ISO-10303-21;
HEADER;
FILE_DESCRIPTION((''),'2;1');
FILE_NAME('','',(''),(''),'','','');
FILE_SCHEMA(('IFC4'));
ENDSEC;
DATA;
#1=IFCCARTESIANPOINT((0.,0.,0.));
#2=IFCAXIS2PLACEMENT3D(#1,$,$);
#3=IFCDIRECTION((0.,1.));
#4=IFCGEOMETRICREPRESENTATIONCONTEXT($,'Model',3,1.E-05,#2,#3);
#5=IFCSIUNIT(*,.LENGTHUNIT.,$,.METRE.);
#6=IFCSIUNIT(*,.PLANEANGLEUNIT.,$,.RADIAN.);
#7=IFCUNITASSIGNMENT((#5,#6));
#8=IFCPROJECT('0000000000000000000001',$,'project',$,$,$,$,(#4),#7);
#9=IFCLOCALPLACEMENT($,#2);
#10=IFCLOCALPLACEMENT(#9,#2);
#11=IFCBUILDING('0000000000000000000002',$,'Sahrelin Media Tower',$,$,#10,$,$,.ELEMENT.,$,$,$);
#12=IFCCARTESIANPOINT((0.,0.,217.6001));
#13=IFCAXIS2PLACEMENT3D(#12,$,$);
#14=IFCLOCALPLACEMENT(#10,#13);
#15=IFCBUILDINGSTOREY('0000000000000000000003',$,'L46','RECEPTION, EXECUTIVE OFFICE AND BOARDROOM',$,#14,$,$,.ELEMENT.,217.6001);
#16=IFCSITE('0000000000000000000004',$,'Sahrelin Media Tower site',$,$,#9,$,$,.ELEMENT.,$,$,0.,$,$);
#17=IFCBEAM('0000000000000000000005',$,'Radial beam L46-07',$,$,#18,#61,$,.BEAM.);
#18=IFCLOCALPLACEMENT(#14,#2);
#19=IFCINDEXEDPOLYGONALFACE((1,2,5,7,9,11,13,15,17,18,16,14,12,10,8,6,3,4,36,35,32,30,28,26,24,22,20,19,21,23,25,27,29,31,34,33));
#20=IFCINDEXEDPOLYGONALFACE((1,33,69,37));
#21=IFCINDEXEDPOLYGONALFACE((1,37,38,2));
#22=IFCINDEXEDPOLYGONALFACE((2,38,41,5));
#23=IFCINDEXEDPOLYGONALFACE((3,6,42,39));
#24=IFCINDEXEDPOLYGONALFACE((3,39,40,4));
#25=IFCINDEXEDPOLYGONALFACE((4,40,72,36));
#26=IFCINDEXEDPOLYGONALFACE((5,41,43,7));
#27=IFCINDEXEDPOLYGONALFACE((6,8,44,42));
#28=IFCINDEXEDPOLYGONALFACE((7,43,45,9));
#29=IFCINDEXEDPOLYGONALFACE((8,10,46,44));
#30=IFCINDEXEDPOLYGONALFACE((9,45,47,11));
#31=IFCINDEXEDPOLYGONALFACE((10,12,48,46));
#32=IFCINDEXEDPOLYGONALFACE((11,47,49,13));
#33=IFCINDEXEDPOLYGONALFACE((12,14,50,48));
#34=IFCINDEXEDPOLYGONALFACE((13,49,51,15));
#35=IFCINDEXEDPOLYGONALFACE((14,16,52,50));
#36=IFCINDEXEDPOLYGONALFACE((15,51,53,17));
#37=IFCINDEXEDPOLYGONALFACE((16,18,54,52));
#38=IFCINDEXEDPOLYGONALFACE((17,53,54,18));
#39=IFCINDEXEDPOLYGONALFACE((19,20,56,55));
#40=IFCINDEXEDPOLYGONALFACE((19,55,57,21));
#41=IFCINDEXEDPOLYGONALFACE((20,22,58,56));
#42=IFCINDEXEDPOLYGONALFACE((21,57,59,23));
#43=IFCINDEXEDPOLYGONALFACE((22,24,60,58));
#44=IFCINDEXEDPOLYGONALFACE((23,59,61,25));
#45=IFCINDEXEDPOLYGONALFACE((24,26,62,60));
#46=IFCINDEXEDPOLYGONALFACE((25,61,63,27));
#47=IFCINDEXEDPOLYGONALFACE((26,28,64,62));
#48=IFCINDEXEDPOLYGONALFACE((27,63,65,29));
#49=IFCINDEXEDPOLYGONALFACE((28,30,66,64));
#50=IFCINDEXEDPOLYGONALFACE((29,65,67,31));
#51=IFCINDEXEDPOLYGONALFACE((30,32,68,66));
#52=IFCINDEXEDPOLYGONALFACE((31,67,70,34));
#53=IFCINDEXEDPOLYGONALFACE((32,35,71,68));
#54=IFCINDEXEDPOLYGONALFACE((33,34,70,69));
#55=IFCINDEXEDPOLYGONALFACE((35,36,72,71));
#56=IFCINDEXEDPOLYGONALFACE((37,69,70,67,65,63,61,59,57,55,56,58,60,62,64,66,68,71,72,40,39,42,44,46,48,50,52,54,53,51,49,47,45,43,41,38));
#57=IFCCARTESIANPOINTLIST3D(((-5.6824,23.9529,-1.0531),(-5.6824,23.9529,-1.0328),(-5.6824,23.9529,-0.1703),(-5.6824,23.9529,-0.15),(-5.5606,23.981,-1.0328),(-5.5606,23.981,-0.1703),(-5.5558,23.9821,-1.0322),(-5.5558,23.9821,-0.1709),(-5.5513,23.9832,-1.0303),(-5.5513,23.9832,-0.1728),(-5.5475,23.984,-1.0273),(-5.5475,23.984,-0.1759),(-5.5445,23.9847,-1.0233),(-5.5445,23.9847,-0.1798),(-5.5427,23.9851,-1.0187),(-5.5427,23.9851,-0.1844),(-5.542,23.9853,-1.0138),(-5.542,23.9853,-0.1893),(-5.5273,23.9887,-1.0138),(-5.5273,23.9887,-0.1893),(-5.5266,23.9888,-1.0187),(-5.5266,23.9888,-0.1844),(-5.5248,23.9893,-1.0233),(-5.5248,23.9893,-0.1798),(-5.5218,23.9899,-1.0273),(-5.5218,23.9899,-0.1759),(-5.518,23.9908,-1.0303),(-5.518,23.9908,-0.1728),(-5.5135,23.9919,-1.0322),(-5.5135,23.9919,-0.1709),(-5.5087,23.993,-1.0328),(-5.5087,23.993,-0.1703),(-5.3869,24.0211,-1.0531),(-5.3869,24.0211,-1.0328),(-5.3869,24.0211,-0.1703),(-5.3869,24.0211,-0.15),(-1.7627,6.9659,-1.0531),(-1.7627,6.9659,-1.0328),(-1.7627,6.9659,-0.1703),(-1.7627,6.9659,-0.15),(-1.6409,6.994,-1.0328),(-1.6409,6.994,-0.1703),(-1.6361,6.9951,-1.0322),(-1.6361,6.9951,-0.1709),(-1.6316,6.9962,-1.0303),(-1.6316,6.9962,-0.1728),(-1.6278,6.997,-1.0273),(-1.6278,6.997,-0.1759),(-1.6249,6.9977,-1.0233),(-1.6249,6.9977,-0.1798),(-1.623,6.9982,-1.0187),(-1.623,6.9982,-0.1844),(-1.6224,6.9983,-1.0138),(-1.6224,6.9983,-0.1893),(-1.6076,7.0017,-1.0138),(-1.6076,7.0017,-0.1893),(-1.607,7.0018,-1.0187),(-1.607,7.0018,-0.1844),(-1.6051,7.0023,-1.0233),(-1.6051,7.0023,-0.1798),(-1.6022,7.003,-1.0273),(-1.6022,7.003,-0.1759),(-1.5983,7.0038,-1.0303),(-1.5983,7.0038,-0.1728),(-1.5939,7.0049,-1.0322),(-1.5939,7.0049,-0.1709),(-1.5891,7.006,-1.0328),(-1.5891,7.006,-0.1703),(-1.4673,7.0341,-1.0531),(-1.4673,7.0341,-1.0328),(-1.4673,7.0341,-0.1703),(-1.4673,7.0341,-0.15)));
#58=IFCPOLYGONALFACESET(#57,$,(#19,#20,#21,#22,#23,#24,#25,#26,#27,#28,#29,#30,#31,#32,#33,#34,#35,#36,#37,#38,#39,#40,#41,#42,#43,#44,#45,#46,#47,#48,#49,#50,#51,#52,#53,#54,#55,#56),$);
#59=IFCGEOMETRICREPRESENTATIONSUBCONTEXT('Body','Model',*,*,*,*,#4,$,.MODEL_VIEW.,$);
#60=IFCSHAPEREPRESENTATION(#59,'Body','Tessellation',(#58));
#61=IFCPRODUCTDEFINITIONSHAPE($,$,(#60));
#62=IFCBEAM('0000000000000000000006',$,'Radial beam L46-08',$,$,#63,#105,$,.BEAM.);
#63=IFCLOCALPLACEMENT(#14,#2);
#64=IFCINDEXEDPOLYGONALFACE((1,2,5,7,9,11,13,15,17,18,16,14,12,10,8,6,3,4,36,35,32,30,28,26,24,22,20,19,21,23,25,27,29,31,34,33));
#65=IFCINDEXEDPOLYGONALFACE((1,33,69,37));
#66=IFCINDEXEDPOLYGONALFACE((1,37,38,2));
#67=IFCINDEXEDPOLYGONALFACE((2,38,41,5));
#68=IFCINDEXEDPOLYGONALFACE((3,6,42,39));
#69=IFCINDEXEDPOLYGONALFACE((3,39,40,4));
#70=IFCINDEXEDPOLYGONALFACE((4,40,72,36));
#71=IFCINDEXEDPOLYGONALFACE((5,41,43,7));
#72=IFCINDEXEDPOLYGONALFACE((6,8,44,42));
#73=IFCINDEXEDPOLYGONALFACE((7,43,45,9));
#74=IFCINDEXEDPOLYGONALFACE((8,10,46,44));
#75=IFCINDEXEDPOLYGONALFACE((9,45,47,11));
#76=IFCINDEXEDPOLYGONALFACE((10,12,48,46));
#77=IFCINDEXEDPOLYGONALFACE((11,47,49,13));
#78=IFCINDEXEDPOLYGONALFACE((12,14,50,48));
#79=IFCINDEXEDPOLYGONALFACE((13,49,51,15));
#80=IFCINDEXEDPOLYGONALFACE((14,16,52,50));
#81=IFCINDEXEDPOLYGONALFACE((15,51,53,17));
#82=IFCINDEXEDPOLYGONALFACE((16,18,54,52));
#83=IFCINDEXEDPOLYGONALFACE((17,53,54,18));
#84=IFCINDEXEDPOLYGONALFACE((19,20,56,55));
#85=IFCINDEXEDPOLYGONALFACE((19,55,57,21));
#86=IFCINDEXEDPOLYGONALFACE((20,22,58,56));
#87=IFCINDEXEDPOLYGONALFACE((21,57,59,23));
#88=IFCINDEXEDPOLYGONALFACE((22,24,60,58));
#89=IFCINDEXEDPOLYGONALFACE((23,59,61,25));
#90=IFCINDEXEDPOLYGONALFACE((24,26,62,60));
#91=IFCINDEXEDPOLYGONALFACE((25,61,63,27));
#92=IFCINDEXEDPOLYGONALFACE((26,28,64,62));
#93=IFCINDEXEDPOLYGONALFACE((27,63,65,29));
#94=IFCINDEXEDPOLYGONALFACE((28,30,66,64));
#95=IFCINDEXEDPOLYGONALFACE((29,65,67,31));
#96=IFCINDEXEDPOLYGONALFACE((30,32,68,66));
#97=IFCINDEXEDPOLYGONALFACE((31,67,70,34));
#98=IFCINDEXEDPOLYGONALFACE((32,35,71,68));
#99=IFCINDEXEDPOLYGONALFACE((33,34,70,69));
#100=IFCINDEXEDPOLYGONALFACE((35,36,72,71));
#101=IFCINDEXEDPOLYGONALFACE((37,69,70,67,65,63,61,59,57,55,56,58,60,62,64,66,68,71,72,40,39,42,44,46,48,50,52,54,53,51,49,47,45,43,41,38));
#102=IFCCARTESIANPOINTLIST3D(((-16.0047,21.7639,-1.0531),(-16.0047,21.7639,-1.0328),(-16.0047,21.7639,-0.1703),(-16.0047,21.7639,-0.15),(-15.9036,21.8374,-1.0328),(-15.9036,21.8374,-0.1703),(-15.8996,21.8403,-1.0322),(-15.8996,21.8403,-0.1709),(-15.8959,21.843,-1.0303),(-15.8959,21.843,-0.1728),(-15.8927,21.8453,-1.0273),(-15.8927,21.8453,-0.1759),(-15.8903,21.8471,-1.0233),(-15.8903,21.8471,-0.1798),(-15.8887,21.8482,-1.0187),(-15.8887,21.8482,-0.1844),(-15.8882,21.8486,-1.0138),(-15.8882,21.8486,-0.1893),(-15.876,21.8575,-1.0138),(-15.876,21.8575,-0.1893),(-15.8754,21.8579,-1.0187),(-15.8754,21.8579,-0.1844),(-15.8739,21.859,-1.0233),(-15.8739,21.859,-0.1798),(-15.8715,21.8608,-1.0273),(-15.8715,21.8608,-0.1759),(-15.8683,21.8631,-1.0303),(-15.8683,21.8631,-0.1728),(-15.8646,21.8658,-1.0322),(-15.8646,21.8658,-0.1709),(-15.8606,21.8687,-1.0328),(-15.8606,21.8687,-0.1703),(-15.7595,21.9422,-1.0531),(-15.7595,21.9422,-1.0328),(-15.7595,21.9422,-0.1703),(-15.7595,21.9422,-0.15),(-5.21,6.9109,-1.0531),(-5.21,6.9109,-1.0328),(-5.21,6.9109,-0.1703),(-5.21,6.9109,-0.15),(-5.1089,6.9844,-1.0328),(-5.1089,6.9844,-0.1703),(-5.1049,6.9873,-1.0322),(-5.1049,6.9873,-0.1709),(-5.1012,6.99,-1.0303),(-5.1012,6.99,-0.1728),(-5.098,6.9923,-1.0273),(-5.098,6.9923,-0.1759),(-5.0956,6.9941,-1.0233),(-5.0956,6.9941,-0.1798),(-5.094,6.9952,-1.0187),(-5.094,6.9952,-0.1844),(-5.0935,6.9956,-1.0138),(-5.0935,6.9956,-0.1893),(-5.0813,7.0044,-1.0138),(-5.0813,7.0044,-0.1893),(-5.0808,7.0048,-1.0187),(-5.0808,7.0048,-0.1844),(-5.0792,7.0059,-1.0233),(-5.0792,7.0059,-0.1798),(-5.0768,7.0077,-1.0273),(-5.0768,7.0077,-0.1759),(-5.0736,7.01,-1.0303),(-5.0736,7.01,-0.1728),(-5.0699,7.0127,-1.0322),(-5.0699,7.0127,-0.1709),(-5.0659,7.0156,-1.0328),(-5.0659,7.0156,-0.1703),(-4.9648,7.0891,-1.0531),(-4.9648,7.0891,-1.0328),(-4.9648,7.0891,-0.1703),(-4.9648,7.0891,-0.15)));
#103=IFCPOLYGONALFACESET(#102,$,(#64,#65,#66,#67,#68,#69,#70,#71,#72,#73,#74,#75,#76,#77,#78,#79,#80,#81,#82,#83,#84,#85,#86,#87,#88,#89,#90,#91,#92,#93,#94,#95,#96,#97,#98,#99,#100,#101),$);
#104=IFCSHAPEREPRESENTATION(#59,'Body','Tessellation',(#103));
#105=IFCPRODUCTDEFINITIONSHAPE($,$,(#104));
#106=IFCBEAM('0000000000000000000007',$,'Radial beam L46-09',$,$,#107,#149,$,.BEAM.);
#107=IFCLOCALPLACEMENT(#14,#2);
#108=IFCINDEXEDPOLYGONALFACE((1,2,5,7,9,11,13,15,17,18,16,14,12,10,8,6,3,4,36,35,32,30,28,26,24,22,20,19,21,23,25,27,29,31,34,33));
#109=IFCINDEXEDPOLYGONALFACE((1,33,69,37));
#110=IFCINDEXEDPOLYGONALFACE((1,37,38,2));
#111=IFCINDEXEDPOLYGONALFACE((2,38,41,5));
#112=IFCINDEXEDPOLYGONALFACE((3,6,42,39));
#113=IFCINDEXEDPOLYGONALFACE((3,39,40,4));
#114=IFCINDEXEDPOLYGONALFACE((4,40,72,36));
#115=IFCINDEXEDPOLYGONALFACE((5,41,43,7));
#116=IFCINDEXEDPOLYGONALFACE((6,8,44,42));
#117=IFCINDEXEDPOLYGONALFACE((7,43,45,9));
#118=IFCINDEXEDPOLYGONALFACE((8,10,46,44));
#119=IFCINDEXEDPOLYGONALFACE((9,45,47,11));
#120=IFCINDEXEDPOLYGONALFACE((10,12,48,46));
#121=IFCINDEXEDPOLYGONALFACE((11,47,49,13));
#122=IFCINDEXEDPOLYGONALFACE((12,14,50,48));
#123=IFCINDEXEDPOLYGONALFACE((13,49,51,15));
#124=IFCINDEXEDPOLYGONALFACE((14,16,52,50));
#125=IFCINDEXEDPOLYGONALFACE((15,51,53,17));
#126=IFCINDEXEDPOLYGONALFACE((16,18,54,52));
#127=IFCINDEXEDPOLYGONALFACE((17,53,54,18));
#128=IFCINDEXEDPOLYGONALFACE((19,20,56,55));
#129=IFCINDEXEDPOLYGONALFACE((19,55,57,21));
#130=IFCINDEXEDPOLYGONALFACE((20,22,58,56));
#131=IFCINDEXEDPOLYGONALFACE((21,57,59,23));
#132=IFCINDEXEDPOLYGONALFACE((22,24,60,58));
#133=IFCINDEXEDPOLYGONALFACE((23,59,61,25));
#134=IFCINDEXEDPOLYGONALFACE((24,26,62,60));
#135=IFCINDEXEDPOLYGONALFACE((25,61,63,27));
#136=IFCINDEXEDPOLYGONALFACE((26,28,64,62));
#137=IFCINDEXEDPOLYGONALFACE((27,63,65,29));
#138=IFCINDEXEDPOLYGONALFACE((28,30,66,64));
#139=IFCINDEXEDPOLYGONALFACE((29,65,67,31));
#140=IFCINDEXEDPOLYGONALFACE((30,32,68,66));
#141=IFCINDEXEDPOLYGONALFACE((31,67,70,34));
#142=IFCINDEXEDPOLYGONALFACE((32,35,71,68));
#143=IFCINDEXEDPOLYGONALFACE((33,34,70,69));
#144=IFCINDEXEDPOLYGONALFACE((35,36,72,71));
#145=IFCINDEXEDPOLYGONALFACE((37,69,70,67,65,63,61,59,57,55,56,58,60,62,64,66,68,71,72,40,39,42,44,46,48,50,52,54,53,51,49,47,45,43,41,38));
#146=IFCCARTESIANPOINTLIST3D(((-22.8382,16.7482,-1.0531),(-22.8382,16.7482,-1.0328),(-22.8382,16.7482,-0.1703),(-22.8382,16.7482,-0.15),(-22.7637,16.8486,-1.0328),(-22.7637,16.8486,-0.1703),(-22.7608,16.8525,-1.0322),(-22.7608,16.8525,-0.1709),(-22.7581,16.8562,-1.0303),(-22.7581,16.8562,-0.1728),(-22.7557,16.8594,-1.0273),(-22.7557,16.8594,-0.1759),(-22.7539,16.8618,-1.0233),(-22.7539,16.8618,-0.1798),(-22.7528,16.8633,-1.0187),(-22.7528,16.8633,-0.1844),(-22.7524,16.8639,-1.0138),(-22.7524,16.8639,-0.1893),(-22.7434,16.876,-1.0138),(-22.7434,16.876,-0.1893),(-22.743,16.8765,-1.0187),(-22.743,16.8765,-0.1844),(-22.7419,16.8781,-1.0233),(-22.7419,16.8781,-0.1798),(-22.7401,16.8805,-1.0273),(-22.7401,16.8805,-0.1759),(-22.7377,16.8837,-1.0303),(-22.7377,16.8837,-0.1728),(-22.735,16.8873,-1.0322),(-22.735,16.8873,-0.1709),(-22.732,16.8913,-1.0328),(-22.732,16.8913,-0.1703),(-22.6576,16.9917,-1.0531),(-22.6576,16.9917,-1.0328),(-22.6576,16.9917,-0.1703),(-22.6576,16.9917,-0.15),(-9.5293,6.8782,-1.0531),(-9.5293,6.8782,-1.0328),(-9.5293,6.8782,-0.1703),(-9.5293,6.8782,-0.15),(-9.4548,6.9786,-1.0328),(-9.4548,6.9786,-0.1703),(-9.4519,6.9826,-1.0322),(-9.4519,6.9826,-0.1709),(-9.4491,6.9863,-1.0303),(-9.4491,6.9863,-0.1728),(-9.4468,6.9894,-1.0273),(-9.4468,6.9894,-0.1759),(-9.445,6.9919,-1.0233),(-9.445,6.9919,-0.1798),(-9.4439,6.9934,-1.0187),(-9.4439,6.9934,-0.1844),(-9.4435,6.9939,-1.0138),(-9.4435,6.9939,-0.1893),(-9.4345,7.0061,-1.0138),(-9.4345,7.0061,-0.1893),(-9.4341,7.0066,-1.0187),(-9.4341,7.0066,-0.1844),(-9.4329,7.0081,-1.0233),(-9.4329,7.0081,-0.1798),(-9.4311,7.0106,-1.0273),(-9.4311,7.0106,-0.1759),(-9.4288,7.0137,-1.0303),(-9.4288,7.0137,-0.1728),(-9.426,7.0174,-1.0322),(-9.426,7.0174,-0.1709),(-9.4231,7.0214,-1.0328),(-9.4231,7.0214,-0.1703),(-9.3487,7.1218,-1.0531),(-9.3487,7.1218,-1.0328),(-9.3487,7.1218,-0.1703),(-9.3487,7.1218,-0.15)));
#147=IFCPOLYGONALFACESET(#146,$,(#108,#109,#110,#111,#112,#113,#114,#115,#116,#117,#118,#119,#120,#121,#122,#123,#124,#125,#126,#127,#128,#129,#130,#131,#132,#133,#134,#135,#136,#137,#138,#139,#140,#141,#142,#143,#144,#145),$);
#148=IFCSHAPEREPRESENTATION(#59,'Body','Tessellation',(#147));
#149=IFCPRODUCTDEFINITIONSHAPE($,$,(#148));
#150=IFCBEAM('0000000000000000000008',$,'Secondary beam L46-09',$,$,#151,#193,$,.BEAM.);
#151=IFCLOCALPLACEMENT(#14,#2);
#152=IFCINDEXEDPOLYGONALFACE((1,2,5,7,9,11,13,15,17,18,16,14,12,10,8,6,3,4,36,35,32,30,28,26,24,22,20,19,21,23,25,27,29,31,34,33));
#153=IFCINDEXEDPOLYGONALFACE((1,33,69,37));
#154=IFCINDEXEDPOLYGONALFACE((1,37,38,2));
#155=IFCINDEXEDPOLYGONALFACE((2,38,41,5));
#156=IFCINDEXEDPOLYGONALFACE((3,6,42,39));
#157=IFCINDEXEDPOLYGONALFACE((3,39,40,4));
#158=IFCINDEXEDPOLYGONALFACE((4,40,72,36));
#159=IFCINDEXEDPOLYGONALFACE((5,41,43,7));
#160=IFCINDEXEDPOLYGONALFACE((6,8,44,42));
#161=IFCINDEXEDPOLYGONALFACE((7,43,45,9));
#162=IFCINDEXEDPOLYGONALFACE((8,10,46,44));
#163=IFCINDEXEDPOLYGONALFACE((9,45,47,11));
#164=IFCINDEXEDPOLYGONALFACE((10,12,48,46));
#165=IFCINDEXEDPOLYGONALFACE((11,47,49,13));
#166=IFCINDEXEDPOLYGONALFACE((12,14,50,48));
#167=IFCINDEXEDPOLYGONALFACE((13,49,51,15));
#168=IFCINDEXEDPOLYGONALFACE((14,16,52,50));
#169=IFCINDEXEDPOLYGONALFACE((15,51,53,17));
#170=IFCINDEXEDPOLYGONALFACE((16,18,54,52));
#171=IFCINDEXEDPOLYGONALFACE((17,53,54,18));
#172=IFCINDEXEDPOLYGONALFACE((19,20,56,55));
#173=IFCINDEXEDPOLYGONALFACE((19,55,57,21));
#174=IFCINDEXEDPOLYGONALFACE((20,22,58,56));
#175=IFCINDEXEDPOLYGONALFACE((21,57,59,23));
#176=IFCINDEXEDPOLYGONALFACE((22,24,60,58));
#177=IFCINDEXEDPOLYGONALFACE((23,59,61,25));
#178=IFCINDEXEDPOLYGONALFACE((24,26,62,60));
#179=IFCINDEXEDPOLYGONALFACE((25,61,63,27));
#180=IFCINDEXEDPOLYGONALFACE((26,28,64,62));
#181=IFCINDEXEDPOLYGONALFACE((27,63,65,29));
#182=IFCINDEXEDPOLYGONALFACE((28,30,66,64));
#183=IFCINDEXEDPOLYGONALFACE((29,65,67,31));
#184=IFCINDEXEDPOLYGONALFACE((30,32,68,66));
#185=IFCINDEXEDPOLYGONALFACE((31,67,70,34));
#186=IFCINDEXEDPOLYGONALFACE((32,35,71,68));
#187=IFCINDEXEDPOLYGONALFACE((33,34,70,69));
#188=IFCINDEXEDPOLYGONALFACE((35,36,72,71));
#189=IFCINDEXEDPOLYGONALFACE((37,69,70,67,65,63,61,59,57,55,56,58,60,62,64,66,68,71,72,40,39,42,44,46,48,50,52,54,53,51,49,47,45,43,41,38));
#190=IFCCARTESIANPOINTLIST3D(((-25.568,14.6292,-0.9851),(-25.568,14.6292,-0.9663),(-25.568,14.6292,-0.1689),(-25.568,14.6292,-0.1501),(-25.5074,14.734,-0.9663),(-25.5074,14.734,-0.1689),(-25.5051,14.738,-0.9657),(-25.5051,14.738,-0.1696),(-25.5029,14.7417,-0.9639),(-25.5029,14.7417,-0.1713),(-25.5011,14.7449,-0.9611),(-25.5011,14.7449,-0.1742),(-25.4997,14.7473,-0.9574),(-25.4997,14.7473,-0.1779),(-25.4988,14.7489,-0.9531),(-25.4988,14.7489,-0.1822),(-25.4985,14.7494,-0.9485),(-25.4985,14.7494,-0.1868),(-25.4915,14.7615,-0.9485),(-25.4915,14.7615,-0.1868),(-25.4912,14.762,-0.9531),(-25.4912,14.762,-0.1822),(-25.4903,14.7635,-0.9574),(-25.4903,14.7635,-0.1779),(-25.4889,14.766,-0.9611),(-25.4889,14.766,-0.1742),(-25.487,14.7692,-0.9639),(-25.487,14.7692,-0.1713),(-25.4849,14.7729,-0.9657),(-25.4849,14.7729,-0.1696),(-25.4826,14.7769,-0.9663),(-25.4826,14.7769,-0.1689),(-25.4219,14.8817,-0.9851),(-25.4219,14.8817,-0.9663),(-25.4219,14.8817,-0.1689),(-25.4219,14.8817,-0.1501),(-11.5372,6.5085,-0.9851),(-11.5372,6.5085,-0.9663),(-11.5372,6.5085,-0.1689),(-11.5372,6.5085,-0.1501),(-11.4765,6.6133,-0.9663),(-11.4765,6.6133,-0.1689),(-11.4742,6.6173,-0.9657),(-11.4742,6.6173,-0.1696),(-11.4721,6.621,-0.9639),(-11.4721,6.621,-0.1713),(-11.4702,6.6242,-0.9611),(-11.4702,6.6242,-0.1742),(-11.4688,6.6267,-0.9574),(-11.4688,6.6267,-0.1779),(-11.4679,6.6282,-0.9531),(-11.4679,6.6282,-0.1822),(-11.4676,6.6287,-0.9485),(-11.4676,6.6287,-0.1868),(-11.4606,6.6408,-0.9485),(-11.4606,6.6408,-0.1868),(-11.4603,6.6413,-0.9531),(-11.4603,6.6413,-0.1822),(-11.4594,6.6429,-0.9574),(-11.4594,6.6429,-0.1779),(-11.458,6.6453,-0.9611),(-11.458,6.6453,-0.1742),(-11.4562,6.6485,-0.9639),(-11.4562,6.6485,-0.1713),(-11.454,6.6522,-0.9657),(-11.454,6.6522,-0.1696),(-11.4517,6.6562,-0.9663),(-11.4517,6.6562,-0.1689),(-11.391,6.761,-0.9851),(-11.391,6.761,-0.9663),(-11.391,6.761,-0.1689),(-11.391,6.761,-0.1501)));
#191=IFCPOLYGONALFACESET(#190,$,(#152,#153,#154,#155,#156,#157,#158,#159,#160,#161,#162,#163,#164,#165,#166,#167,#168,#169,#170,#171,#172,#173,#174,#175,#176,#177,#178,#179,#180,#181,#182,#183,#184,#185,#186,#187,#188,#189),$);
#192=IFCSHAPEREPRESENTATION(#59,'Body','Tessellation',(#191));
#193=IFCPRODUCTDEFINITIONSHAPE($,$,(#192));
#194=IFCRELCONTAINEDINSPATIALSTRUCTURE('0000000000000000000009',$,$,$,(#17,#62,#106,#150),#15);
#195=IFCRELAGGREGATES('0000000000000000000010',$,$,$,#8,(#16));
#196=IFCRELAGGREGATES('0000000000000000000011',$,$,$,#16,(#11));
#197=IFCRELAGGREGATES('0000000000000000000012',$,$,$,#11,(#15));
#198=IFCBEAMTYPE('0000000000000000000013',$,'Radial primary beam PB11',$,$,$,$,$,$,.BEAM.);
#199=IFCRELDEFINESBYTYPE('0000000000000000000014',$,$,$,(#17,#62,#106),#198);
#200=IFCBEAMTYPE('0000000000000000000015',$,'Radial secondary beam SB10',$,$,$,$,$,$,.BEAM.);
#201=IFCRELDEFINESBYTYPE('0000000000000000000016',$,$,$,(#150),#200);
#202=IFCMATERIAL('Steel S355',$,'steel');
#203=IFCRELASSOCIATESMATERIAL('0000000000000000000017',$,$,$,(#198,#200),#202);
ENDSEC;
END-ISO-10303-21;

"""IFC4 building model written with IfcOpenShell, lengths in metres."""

from ifc_helpers import new_model, si_unit, direction, frame, origin, origin_2d, place, context, subcontext, project, spatial, i_section, extrude, material, material_profile, profile_set, type_object, element, save


model = new_model("IFC4")

# Units and contexts
model_context = context("Model", 3, precision=1e-05, world=origin(), true_north=direction((0.0, 1.0)))
body_context = subcontext(model_context, "Body", "Model", "MODEL_VIEW")
ifc_project = project(units=[si_unit("LENGTHUNIT", "METRE"), si_unit("PLANEANGLEUNIT", "RADIAN")], contexts=[model_context])

# Site, building, storey
site_placement = place(None, origin())
site = spatial("IfcSite", under=ifc_project, at=site_placement, Name="Sahrelin Media Tower site", CompositionType="ELEMENT", RefElevation=0.0)
building_placement = place(site_placement, origin())
building = spatial("IfcBuilding", under=site, at=building_placement, Name="Sahrelin Media Tower", CompositionType="ELEMENT")
storey_placement = place(building_placement, frame((0.0, 0.0, 217.6001)))
storey = spatial("IfcBuildingStorey", under=building, at=storey_placement, Name="L46", Description="RECEPTION, EXECUTIVE OFFICE AND BOARDROOM", CompositionType="ELEMENT", Elevation=217.6001)

# Shared definitions
ifc_material_1 = material(Name="Steel S355", Category="steel")

# Beams
ifc_material_profile_1 = material_profile(ifc_material_1, i_section(OverallWidth=0.3032, OverallDepth=0.9031, WebThickness=0.0151, FlangeThickness=0.0203, FilletRadius=0.019, at=origin_2d()), Name="UB 914x305x201")
ifc_profile_set_1 = profile_set([ifc_material_profile_1], Name="Steel S355")
beam_type_1 = type_object("IfcBeamType", Name="Radial primary beam PB11", PredefinedType="BEAM", material=ifc_profile_set_1)
beam_1_placement = place(storey_placement, frame((-1.615, 7.0, -0.6016), z_axis=(-0.224837, 0.974396, 0.0), x_axis=(-0.974396, -0.224837, 0.0)))
element("IfcBeam", 1, at=beam_1_placement, inside=storey, type_object=beam_type_1, Name="Radial beam L46-07", PredefinedType="BEAM", context=body_context, shape_type="SweptSolid", body=[
    extrude(i_section(OverallWidth=0.3032, OverallDepth=0.9031, WebThickness=0.0151, FlangeThickness=0.0203, FilletRadius=0.019, at=origin_2d()), origin(), (0.0, 0.0, 1.0), 17.4333),
])
beam_2_placement = place(storey_placement, frame((-5.0874, 7.0, -0.6016), z_axis=(-0.587904, 0.808931, 0.0), x_axis=(-0.808931, -0.587904, 0.0)))
element("IfcBeam", 2, at=beam_2_placement, inside=storey, type_object=beam_type_1, Name="Radial beam L46-08", PredefinedType="BEAM", context=body_context, shape_type="SweptSolid", body=[
    extrude(i_section(OverallWidth=0.3032, OverallDepth=0.9031, WebThickness=0.0151, FlangeThickness=0.0203, FilletRadius=0.019, at=origin_2d()), origin(), (0.0, 0.0, 1.0), 18.3613),
])
beam_3_placement = place(storey_placement, frame((-9.439, 7.0, -0.6016), z_axis=(-0.803226, 0.595675, 0.0), x_axis=(-0.595675, -0.803226, 0.0)))
element("IfcBeam", 3, at=beam_3_placement, inside=storey, type_object=beam_type_1, Name="Radial beam L46-09", PredefinedType="BEAM", context=body_context, shape_type="SweptSolid", body=[
    extrude(i_section(OverallWidth=0.3032, OverallDepth=0.9031, WebThickness=0.0151, FlangeThickness=0.0203, FilletRadius=0.019, at=origin_2d()), origin(), (0.0, 0.0, 1.0), 16.5693),
])
ifc_material_profile_2 = material_profile(ifc_material_1, i_section(OverallWidth=0.2917, OverallDepth=0.835, WebThickness=0.0139, FlangeThickness=0.0188, FilletRadius=0.0178, at=origin_2d()), Name="UB 838x292x176")
ifc_profile_set_2 = profile_set([ifc_material_profile_2], Name="Steel S355")
beam_type_2 = type_object("IfcBeamType", Name="Radial secondary beam SB10", PredefinedType="BEAM", material=ifc_profile_set_2)
beam_4_placement = place(storey_placement, frame((-11.4641, 6.6348, -0.5676), z_axis=(-0.865492, 0.500922, 0.0), x_axis=(-0.500922, -0.865492, 0.0)))
element("IfcBeam", 4, at=beam_4_placement, inside=storey, type_object=beam_type_2, Name="Secondary beam L46-09", PredefinedType="BEAM", context=body_context, shape_type="SweptSolid", body=[
    extrude(i_section(OverallWidth=0.2917, OverallDepth=0.835, WebThickness=0.0139, FlangeThickness=0.0188, FilletRadius=0.0178, at=origin_2d()), origin(), (0.0, 0.0, 1.0), 16.2114),
])

save(model, "model.ifc")
